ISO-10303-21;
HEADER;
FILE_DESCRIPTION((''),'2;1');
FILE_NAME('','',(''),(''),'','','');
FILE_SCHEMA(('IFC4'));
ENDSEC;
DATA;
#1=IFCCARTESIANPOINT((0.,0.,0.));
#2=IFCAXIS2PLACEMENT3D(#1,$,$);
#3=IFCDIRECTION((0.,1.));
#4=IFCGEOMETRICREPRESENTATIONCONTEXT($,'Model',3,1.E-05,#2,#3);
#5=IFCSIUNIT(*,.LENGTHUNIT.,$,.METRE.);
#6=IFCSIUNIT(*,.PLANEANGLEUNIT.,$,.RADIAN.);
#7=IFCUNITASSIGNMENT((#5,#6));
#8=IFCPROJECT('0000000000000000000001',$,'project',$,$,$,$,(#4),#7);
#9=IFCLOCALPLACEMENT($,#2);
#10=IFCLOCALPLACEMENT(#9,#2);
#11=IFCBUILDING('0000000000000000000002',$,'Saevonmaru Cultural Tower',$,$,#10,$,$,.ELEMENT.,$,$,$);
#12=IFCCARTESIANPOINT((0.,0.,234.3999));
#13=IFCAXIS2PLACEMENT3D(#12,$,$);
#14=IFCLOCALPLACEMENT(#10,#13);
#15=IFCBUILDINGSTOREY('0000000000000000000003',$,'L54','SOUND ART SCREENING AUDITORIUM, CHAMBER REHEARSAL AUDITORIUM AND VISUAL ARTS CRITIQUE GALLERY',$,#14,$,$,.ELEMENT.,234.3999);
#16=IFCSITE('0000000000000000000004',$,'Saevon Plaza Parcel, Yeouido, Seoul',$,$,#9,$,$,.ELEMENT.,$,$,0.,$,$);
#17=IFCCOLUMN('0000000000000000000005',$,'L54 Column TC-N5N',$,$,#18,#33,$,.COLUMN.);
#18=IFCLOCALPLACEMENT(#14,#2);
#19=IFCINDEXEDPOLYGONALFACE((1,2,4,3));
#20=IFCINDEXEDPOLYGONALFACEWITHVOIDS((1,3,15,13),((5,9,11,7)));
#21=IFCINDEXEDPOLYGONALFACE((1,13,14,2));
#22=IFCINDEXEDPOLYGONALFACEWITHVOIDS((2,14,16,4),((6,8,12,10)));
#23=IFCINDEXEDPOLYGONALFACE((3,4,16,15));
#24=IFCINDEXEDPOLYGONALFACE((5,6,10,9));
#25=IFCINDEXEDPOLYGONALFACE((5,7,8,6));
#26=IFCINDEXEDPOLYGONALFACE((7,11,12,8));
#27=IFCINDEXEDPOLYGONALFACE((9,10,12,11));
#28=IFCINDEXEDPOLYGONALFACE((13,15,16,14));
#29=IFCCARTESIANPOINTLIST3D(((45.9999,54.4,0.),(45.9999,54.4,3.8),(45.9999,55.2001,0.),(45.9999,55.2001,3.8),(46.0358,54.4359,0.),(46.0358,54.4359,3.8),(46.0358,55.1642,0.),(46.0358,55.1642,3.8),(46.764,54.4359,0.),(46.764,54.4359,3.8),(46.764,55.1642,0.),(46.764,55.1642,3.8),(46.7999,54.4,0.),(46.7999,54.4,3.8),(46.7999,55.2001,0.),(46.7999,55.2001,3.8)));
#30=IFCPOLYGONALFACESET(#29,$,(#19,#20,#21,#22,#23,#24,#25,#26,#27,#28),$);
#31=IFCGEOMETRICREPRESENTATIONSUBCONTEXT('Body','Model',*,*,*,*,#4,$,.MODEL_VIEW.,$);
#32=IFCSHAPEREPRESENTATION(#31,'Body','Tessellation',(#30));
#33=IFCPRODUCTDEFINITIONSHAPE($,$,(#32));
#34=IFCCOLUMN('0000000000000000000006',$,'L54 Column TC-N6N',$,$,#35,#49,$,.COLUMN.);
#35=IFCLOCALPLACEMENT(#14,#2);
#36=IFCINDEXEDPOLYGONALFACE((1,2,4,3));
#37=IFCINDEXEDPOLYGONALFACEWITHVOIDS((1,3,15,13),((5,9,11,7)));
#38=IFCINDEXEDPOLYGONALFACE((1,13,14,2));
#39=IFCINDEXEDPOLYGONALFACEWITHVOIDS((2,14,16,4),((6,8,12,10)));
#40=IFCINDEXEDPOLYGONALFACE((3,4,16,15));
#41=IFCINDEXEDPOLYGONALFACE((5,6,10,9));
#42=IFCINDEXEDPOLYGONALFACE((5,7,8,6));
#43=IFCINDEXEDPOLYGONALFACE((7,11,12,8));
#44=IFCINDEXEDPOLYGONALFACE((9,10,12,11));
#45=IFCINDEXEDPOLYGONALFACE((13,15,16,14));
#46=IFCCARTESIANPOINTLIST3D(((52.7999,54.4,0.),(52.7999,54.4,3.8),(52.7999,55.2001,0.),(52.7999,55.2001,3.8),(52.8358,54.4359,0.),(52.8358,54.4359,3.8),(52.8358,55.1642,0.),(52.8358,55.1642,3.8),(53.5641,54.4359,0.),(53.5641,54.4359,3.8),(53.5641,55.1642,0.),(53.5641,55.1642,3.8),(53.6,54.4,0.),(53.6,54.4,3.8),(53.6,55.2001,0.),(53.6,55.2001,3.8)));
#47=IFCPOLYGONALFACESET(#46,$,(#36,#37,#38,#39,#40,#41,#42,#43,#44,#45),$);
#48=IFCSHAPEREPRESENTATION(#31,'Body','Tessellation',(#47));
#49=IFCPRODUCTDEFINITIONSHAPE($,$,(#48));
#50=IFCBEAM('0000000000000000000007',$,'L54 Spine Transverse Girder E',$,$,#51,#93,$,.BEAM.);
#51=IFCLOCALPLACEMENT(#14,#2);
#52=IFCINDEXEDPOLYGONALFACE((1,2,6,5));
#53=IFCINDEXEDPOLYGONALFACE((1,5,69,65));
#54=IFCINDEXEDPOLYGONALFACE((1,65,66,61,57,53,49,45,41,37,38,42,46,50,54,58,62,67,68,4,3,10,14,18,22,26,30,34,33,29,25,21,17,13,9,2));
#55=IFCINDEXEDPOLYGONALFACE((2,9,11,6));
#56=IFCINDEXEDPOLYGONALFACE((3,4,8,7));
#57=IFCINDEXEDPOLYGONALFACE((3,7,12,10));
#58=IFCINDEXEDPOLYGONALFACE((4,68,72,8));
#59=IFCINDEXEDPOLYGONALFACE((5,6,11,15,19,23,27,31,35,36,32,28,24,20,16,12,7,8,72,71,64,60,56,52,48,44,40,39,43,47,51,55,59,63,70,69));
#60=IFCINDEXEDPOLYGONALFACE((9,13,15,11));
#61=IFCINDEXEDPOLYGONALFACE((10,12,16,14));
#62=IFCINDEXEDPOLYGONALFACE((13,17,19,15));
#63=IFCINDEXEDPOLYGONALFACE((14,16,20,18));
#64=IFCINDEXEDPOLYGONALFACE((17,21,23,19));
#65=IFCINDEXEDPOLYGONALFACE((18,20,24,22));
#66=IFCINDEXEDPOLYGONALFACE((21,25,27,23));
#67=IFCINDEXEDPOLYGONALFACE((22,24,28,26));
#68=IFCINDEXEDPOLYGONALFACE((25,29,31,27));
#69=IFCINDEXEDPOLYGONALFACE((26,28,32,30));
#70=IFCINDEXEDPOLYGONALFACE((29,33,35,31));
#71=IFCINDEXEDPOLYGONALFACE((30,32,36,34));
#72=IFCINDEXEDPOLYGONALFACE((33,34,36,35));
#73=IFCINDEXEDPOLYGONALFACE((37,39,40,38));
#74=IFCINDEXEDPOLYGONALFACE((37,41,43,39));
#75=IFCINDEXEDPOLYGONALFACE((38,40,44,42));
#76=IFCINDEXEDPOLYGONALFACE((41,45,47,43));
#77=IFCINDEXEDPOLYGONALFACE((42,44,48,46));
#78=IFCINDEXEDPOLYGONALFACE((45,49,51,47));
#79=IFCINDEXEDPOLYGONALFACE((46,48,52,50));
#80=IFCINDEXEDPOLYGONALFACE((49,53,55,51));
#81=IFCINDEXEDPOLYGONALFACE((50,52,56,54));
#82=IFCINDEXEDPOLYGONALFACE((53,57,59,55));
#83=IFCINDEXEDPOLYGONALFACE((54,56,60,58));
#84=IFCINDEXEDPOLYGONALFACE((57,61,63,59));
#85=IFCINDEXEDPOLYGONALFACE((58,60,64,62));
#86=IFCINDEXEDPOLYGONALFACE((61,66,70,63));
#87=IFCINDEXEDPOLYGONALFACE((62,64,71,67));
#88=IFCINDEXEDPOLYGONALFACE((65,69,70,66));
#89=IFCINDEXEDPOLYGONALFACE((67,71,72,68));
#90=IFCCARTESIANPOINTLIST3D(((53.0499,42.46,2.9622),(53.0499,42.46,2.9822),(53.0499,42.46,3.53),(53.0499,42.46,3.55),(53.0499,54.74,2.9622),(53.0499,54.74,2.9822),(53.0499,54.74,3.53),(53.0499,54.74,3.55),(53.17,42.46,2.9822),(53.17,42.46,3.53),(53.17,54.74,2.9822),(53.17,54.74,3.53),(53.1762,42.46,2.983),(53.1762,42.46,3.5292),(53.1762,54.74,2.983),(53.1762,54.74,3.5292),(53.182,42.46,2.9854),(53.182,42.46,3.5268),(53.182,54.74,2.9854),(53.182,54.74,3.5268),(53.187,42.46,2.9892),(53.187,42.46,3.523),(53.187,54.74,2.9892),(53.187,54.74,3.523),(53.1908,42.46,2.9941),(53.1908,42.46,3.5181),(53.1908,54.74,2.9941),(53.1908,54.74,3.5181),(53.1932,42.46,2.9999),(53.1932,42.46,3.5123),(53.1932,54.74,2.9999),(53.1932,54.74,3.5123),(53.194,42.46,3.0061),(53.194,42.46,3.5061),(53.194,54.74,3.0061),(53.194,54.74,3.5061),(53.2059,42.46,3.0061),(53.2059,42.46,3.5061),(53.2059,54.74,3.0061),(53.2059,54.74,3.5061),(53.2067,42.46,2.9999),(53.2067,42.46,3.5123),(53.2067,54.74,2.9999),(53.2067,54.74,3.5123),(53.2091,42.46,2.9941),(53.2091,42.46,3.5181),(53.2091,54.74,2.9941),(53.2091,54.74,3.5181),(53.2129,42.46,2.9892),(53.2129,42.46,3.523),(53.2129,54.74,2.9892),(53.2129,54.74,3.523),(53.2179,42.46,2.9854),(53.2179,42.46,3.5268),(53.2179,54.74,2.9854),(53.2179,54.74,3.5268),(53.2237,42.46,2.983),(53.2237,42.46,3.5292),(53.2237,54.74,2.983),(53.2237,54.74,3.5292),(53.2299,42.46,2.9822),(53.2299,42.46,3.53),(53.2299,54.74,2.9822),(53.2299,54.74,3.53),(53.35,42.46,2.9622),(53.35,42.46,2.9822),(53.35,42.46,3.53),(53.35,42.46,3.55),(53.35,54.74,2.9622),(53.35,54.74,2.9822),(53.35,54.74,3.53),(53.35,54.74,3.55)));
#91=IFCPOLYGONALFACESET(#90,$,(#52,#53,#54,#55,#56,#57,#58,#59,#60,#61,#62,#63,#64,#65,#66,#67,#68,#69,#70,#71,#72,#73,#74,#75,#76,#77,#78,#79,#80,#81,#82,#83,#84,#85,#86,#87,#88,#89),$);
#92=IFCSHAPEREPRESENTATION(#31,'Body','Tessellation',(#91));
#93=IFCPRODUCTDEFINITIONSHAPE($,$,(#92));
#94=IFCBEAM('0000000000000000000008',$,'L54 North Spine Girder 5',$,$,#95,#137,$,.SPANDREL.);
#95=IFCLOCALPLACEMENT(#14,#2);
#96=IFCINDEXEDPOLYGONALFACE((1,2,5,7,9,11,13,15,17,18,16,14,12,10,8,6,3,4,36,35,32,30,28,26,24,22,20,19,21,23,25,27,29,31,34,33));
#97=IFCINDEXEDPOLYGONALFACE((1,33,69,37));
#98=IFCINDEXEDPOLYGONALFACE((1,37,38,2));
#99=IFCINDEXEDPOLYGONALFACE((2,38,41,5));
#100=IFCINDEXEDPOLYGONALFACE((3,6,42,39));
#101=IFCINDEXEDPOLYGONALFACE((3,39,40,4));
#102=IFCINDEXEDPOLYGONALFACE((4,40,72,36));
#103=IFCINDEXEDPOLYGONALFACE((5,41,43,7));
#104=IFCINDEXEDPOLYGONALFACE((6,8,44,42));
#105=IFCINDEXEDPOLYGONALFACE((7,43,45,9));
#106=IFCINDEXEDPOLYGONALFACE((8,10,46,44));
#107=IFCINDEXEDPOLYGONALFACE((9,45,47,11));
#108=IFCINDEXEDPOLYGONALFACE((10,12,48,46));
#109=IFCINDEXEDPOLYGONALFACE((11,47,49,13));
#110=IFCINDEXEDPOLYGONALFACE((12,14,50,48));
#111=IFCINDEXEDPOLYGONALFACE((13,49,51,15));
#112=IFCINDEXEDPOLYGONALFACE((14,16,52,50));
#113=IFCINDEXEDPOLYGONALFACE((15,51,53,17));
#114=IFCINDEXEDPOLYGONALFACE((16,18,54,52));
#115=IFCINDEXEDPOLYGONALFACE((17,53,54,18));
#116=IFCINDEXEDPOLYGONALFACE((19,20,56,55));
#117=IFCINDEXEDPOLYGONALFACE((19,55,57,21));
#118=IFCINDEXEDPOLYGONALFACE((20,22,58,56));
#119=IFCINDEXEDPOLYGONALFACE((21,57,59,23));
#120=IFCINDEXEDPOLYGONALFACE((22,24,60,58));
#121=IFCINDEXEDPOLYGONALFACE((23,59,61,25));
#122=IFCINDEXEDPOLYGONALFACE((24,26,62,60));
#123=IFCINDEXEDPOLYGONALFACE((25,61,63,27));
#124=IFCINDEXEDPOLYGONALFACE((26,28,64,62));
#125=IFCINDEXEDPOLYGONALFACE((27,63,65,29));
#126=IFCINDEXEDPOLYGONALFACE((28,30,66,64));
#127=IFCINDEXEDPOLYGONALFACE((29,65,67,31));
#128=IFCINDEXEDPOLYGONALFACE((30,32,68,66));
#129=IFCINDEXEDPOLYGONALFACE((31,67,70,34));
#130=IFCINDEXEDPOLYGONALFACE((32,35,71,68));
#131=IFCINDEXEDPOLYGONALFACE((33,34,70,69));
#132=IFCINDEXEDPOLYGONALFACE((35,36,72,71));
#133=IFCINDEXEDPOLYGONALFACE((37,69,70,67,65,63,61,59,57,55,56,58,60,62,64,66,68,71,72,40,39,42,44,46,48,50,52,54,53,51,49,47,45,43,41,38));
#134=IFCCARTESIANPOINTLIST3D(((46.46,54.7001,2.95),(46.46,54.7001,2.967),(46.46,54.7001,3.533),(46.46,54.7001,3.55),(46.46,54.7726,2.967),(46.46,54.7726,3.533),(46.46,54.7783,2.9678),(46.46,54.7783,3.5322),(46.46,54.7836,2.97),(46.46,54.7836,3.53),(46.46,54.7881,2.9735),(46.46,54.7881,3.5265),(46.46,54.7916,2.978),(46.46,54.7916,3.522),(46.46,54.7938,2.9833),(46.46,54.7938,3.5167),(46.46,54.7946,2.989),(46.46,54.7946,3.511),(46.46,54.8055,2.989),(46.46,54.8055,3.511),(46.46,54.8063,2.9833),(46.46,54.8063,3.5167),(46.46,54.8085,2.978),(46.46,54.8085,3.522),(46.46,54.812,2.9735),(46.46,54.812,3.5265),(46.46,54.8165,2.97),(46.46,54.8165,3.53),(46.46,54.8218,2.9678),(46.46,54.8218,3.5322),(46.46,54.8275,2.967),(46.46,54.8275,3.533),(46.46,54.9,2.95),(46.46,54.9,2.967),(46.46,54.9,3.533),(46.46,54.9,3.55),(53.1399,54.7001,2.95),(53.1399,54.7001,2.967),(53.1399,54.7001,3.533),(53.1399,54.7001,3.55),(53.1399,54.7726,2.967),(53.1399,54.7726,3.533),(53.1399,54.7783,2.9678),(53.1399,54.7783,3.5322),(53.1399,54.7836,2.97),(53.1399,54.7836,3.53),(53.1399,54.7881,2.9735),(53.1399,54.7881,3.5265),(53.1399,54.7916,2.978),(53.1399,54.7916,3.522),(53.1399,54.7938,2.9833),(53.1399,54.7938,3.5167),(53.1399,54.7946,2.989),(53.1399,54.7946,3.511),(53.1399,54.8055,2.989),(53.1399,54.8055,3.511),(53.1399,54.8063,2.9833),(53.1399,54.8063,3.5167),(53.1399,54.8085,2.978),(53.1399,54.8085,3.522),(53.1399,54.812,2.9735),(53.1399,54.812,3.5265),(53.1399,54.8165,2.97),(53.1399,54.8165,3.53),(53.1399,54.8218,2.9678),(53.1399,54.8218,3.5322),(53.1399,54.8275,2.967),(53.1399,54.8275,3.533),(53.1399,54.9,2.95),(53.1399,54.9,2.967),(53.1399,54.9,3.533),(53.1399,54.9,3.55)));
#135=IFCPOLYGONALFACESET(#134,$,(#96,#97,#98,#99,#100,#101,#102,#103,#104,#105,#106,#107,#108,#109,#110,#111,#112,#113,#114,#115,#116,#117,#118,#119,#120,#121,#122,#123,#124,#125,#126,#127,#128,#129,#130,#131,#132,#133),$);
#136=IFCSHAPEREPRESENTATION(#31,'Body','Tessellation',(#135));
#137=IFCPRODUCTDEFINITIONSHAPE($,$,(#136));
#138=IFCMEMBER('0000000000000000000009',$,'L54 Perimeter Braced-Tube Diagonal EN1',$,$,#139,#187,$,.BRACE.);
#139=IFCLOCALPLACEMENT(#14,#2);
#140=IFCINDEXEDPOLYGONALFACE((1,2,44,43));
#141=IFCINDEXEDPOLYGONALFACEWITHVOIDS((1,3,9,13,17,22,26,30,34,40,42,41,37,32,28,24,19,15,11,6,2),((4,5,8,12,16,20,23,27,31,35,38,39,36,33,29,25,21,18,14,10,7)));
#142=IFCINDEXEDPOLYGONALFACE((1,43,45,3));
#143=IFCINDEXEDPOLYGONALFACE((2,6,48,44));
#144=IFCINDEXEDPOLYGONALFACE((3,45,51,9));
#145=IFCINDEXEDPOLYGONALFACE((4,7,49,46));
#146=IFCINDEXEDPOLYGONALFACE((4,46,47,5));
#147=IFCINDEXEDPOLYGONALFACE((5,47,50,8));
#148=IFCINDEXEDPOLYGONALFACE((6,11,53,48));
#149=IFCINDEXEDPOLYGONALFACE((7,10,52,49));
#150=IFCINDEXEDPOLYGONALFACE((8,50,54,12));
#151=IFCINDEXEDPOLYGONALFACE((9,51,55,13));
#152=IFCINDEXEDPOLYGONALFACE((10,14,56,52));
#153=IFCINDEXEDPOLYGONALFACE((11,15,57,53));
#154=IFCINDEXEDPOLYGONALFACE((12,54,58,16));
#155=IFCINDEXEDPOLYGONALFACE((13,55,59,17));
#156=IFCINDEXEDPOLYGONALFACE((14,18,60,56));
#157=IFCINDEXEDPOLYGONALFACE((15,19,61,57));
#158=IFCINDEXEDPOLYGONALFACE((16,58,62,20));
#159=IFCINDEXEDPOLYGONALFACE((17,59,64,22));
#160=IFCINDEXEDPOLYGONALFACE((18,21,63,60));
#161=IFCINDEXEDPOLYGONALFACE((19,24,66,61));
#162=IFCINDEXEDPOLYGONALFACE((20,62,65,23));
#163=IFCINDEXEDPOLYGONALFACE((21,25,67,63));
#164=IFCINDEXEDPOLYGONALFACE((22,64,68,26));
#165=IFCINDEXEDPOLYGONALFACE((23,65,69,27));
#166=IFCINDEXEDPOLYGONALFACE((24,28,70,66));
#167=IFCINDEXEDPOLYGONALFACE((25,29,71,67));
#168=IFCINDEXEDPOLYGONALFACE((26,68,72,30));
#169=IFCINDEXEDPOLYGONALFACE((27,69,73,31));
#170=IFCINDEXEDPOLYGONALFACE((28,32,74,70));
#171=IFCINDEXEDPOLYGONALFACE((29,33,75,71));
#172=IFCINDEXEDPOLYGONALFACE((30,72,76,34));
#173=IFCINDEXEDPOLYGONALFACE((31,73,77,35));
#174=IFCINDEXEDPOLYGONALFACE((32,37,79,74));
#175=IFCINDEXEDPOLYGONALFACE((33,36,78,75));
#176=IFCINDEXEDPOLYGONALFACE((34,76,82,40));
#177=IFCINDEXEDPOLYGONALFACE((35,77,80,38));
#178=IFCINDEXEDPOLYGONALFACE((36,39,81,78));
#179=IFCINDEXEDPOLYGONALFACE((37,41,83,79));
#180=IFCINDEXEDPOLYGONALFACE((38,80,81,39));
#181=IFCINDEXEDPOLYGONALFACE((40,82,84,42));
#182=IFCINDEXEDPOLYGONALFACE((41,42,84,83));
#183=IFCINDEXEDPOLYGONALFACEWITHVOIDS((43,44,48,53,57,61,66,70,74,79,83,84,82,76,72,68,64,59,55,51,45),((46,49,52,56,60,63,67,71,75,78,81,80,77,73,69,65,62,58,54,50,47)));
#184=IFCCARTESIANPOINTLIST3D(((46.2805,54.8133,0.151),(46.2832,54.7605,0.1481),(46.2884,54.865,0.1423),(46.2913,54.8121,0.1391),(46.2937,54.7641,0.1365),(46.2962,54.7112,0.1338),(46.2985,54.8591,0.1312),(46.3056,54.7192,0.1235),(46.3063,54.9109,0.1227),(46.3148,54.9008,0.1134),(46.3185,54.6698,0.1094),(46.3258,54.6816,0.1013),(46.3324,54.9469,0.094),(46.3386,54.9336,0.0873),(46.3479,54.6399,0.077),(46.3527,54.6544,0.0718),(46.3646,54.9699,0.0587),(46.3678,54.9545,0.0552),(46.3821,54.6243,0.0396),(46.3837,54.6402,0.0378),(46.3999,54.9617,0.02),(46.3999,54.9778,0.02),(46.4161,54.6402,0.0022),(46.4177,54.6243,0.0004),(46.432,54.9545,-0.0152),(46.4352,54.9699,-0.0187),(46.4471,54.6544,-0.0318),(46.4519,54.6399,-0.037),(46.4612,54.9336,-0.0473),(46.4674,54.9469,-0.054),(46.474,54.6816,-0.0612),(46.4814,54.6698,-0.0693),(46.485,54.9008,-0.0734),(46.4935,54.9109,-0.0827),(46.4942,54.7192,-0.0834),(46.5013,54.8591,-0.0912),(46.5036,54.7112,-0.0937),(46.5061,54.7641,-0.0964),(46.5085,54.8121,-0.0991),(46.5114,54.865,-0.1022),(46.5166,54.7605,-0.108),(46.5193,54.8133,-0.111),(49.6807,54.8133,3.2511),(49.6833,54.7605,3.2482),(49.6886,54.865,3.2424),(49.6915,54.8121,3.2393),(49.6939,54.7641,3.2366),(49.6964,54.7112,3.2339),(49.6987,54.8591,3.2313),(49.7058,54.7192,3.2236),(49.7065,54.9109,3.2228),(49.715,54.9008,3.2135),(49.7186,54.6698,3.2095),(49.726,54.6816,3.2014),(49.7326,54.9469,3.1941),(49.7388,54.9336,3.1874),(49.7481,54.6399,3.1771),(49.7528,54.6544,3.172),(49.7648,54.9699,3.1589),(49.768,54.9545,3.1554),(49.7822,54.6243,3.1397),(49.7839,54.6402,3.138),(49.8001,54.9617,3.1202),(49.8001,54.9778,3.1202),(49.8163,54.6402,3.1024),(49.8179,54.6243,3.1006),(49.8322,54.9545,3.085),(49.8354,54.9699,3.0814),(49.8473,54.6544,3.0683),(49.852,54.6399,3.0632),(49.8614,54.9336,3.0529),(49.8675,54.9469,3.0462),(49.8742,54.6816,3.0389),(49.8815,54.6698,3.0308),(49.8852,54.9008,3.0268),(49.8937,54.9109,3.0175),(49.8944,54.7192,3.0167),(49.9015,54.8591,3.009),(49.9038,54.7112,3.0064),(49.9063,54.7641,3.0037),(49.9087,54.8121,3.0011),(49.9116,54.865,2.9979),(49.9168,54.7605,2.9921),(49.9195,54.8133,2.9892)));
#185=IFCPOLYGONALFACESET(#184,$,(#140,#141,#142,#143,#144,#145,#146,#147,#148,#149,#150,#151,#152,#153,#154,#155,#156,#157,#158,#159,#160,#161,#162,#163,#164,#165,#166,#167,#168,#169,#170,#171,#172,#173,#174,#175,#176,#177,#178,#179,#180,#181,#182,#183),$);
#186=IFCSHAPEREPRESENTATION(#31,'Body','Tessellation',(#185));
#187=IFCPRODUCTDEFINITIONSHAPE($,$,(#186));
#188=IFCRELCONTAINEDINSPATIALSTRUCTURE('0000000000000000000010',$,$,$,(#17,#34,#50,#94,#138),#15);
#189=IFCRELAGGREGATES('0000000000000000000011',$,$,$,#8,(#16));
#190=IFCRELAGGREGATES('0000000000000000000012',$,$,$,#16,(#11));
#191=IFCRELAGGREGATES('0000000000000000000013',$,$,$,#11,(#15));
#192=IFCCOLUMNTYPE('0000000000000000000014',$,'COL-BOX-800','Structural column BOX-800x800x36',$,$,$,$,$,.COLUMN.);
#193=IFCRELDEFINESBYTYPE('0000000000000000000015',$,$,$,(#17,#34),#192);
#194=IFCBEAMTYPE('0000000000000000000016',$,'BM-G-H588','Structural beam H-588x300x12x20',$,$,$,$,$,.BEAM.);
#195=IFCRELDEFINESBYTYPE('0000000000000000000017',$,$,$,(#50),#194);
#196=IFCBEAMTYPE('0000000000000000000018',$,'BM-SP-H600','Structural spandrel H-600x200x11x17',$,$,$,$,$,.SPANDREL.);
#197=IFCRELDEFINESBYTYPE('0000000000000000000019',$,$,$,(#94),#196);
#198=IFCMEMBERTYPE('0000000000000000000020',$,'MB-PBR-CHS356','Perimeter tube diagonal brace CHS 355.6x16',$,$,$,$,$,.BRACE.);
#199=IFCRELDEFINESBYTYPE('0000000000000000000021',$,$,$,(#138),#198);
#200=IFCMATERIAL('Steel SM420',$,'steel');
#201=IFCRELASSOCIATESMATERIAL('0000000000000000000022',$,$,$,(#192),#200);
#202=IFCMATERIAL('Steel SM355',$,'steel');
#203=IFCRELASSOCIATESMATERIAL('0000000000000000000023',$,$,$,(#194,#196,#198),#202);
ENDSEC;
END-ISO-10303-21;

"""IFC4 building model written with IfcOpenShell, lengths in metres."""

from ifc_helpers import new_model, si_unit, direction, frame, origin, origin_2d, place, context, subcontext, project, spatial, hollow_rectangle, hollow_circle, i_section, extrude, material, material_profile, profile_set, type_object, element, save


model = new_model("IFC4")

# Units and contexts
model_context = context("Model", 3, precision=1e-05, world=origin(), true_north=direction((0.0, 1.0)))
body_context = subcontext(model_context, "Body", "Model", "MODEL_VIEW")
ifc_project = project(units=[si_unit("LENGTHUNIT", "METRE"), si_unit("PLANEANGLEUNIT", "RADIAN")], contexts=[model_context])

# Site, building, storey
site_placement = place(None, origin())
site = spatial("IfcSite", under=ifc_project, at=site_placement, Name="Saevon Plaza Parcel, Yeouido, Seoul", CompositionType="ELEMENT", RefElevation=0.0)
building_placement = place(site_placement, origin())
building = spatial("IfcBuilding", under=site, at=building_placement, Name="Saevonmaru Cultural Tower", CompositionType="ELEMENT")
storey_placement = place(building_placement, frame((0.0, 0.0, 234.3999)))
storey = spatial("IfcBuildingStorey", under=building, at=storey_placement, Name="L54", Description="SOUND ART SCREENING AUDITORIUM, CHAMBER REHEARSAL AUDITORIUM AND VISUAL ARTS CRITIQUE GALLERY", CompositionType="ELEMENT", Elevation=234.3999)

# Columns
ifc_material_1 = material(Name="Steel SM420", Category="steel")
ifc_material_profile_1 = material_profile(ifc_material_1, hollow_rectangle(XDim=0.8, YDim=0.8, WallThickness=0.0359, at=origin_2d()), Name="BOX-800x800x36")
ifc_profile_set_1 = profile_set([ifc_material_profile_1], Name="Steel SM420")
column_type = type_object("IfcColumnType", Name="COL-BOX-800", Description="Structural column BOX-800x800x36", PredefinedType="COLUMN", material=ifc_profile_set_1)
for number, where, z_axis, x_axis, name in (
    (1, (46.3999, 54.8, 0.0), (0.0, 0.0, 1.0), (1.0, 0.0, 0.0), "L54 Column TC-N5N"),
    (2, (53.2, 54.8, 0.0), (0.0, 0.0, 1.0), (1.0, 0.0, 0.0), "L54 Column TC-N6N"),
):
    element("IfcColumn", number, at=place(storey_placement, frame(where, z_axis=z_axis, x_axis=x_axis)), inside=storey, type_object=column_type, Name=name, PredefinedType="COLUMN", context=body_context, shape_type="SweptSolid", body=[
        extrude(hollow_rectangle(XDim=0.8, YDim=0.8, WallThickness=0.0359, at=origin_2d()), origin(), (0.0, 0.0, 1.0), 3.8),
    ])

# Beams
ifc_material_2 = material(Name="Steel SM355", Category="steel")
ifc_material_profile_2 = material_profile(ifc_material_2, i_section(OverallWidth=0.3, OverallDepth=0.5879, WebThickness=0.012, FlangeThickness=0.02, FilletRadius=0.0239, at=origin_2d()), Name="H-588x300x12x20")
ifc_profile_set_2 = profile_set([ifc_material_profile_2], Name="Steel SM355")
beam_type_1 = type_object("IfcBeamType", Name="BM-G-H588", Description="Structural beam H-588x300x12x20", PredefinedType="BEAM", material=ifc_profile_set_2)
beam_1_placement = place(storey_placement, frame((53.2, 54.74, 3.2561), z_axis=(0.0, -1.0, 0.0), x_axis=(1.0, 0.0, 0.0)))
element("IfcBeam", 3, at=beam_1_placement, inside=storey, type_object=beam_type_1, Name="L54 Spine Transverse Girder E", PredefinedType="BEAM", context=body_context, shape_type="SweptSolid", body=[
    extrude(i_section(OverallWidth=0.3, OverallDepth=0.5879, WebThickness=0.012, FlangeThickness=0.02, FilletRadius=0.0239, at=origin_2d()), origin(), (0.0, 0.0, 1.0), 12.28),
])
ifc_material_profile_3 = material_profile(ifc_material_2, i_section(OverallWidth=0.2, OverallDepth=0.6001, WebThickness=0.011, FlangeThickness=0.0171, FilletRadius=0.022, at=origin_2d()), Name="H-600x200x11x17")
ifc_profile_set_3 = profile_set([ifc_material_profile_3], Name="Steel SM355")
beam_type_2 = type_object("IfcBeamType", Name="BM-SP-H600", Description="Structural spandrel H-600x200x11x17", PredefinedType="SPANDREL", material=ifc_profile_set_3)
beam_2_placement = place(storey_placement, frame((46.46, 54.8, 3.25), z_axis=(1.0, 0.0, 0.0), x_axis=(0.0, 1.0, 0.0)))
element("IfcBeam", 4, at=beam_2_placement, inside=storey, type_object=beam_type_2, Name="L54 North Spine Girder 5", PredefinedType="SPANDREL", context=body_context, shape_type="SweptSolid", body=[
    extrude(i_section(OverallWidth=0.2, OverallDepth=0.6001, WebThickness=0.011, FlangeThickness=0.0171, FilletRadius=0.022, at=origin_2d()), origin(), (0.0, 0.0, 1.0), 6.6799),
])

# Member
ifc_material_profile_4 = material_profile(ifc_material_2, hollow_circle(Radius=0.1777, WallThickness=0.0161, at=origin_2d()), Name="CHS-355.6x16")
ifc_profile_set_4 = profile_set([ifc_material_profile_4], Name="Steel SM355")
member_type_1 = type_object("IfcMemberType", Name="MB-PBR-CHS356", Description="Perimeter tube diagonal brace CHS 355.6x16", PredefinedType="BRACE", material=ifc_profile_set_4)
member_1_placement = place(storey_placement, frame((46.3999, 54.8, 0.02), z_axis=(0.73896, 0.0, 0.67375), x_axis=(0.0, 1.0, 0.0)))
element("IfcMember", 5, at=member_1_placement, inside=storey, type_object=member_type_1, Name="L54 Perimeter Braced-Tube Diagonal EN1", PredefinedType="BRACE", context=body_context, shape_type="SweptSolid", body=[
    extrude(hollow_circle(Radius=0.1777, WallThickness=0.0161, at=origin_2d()), origin(), (0.0, 0.0, 1.0), 4.6013),
])

save(model, "model.ifc")
